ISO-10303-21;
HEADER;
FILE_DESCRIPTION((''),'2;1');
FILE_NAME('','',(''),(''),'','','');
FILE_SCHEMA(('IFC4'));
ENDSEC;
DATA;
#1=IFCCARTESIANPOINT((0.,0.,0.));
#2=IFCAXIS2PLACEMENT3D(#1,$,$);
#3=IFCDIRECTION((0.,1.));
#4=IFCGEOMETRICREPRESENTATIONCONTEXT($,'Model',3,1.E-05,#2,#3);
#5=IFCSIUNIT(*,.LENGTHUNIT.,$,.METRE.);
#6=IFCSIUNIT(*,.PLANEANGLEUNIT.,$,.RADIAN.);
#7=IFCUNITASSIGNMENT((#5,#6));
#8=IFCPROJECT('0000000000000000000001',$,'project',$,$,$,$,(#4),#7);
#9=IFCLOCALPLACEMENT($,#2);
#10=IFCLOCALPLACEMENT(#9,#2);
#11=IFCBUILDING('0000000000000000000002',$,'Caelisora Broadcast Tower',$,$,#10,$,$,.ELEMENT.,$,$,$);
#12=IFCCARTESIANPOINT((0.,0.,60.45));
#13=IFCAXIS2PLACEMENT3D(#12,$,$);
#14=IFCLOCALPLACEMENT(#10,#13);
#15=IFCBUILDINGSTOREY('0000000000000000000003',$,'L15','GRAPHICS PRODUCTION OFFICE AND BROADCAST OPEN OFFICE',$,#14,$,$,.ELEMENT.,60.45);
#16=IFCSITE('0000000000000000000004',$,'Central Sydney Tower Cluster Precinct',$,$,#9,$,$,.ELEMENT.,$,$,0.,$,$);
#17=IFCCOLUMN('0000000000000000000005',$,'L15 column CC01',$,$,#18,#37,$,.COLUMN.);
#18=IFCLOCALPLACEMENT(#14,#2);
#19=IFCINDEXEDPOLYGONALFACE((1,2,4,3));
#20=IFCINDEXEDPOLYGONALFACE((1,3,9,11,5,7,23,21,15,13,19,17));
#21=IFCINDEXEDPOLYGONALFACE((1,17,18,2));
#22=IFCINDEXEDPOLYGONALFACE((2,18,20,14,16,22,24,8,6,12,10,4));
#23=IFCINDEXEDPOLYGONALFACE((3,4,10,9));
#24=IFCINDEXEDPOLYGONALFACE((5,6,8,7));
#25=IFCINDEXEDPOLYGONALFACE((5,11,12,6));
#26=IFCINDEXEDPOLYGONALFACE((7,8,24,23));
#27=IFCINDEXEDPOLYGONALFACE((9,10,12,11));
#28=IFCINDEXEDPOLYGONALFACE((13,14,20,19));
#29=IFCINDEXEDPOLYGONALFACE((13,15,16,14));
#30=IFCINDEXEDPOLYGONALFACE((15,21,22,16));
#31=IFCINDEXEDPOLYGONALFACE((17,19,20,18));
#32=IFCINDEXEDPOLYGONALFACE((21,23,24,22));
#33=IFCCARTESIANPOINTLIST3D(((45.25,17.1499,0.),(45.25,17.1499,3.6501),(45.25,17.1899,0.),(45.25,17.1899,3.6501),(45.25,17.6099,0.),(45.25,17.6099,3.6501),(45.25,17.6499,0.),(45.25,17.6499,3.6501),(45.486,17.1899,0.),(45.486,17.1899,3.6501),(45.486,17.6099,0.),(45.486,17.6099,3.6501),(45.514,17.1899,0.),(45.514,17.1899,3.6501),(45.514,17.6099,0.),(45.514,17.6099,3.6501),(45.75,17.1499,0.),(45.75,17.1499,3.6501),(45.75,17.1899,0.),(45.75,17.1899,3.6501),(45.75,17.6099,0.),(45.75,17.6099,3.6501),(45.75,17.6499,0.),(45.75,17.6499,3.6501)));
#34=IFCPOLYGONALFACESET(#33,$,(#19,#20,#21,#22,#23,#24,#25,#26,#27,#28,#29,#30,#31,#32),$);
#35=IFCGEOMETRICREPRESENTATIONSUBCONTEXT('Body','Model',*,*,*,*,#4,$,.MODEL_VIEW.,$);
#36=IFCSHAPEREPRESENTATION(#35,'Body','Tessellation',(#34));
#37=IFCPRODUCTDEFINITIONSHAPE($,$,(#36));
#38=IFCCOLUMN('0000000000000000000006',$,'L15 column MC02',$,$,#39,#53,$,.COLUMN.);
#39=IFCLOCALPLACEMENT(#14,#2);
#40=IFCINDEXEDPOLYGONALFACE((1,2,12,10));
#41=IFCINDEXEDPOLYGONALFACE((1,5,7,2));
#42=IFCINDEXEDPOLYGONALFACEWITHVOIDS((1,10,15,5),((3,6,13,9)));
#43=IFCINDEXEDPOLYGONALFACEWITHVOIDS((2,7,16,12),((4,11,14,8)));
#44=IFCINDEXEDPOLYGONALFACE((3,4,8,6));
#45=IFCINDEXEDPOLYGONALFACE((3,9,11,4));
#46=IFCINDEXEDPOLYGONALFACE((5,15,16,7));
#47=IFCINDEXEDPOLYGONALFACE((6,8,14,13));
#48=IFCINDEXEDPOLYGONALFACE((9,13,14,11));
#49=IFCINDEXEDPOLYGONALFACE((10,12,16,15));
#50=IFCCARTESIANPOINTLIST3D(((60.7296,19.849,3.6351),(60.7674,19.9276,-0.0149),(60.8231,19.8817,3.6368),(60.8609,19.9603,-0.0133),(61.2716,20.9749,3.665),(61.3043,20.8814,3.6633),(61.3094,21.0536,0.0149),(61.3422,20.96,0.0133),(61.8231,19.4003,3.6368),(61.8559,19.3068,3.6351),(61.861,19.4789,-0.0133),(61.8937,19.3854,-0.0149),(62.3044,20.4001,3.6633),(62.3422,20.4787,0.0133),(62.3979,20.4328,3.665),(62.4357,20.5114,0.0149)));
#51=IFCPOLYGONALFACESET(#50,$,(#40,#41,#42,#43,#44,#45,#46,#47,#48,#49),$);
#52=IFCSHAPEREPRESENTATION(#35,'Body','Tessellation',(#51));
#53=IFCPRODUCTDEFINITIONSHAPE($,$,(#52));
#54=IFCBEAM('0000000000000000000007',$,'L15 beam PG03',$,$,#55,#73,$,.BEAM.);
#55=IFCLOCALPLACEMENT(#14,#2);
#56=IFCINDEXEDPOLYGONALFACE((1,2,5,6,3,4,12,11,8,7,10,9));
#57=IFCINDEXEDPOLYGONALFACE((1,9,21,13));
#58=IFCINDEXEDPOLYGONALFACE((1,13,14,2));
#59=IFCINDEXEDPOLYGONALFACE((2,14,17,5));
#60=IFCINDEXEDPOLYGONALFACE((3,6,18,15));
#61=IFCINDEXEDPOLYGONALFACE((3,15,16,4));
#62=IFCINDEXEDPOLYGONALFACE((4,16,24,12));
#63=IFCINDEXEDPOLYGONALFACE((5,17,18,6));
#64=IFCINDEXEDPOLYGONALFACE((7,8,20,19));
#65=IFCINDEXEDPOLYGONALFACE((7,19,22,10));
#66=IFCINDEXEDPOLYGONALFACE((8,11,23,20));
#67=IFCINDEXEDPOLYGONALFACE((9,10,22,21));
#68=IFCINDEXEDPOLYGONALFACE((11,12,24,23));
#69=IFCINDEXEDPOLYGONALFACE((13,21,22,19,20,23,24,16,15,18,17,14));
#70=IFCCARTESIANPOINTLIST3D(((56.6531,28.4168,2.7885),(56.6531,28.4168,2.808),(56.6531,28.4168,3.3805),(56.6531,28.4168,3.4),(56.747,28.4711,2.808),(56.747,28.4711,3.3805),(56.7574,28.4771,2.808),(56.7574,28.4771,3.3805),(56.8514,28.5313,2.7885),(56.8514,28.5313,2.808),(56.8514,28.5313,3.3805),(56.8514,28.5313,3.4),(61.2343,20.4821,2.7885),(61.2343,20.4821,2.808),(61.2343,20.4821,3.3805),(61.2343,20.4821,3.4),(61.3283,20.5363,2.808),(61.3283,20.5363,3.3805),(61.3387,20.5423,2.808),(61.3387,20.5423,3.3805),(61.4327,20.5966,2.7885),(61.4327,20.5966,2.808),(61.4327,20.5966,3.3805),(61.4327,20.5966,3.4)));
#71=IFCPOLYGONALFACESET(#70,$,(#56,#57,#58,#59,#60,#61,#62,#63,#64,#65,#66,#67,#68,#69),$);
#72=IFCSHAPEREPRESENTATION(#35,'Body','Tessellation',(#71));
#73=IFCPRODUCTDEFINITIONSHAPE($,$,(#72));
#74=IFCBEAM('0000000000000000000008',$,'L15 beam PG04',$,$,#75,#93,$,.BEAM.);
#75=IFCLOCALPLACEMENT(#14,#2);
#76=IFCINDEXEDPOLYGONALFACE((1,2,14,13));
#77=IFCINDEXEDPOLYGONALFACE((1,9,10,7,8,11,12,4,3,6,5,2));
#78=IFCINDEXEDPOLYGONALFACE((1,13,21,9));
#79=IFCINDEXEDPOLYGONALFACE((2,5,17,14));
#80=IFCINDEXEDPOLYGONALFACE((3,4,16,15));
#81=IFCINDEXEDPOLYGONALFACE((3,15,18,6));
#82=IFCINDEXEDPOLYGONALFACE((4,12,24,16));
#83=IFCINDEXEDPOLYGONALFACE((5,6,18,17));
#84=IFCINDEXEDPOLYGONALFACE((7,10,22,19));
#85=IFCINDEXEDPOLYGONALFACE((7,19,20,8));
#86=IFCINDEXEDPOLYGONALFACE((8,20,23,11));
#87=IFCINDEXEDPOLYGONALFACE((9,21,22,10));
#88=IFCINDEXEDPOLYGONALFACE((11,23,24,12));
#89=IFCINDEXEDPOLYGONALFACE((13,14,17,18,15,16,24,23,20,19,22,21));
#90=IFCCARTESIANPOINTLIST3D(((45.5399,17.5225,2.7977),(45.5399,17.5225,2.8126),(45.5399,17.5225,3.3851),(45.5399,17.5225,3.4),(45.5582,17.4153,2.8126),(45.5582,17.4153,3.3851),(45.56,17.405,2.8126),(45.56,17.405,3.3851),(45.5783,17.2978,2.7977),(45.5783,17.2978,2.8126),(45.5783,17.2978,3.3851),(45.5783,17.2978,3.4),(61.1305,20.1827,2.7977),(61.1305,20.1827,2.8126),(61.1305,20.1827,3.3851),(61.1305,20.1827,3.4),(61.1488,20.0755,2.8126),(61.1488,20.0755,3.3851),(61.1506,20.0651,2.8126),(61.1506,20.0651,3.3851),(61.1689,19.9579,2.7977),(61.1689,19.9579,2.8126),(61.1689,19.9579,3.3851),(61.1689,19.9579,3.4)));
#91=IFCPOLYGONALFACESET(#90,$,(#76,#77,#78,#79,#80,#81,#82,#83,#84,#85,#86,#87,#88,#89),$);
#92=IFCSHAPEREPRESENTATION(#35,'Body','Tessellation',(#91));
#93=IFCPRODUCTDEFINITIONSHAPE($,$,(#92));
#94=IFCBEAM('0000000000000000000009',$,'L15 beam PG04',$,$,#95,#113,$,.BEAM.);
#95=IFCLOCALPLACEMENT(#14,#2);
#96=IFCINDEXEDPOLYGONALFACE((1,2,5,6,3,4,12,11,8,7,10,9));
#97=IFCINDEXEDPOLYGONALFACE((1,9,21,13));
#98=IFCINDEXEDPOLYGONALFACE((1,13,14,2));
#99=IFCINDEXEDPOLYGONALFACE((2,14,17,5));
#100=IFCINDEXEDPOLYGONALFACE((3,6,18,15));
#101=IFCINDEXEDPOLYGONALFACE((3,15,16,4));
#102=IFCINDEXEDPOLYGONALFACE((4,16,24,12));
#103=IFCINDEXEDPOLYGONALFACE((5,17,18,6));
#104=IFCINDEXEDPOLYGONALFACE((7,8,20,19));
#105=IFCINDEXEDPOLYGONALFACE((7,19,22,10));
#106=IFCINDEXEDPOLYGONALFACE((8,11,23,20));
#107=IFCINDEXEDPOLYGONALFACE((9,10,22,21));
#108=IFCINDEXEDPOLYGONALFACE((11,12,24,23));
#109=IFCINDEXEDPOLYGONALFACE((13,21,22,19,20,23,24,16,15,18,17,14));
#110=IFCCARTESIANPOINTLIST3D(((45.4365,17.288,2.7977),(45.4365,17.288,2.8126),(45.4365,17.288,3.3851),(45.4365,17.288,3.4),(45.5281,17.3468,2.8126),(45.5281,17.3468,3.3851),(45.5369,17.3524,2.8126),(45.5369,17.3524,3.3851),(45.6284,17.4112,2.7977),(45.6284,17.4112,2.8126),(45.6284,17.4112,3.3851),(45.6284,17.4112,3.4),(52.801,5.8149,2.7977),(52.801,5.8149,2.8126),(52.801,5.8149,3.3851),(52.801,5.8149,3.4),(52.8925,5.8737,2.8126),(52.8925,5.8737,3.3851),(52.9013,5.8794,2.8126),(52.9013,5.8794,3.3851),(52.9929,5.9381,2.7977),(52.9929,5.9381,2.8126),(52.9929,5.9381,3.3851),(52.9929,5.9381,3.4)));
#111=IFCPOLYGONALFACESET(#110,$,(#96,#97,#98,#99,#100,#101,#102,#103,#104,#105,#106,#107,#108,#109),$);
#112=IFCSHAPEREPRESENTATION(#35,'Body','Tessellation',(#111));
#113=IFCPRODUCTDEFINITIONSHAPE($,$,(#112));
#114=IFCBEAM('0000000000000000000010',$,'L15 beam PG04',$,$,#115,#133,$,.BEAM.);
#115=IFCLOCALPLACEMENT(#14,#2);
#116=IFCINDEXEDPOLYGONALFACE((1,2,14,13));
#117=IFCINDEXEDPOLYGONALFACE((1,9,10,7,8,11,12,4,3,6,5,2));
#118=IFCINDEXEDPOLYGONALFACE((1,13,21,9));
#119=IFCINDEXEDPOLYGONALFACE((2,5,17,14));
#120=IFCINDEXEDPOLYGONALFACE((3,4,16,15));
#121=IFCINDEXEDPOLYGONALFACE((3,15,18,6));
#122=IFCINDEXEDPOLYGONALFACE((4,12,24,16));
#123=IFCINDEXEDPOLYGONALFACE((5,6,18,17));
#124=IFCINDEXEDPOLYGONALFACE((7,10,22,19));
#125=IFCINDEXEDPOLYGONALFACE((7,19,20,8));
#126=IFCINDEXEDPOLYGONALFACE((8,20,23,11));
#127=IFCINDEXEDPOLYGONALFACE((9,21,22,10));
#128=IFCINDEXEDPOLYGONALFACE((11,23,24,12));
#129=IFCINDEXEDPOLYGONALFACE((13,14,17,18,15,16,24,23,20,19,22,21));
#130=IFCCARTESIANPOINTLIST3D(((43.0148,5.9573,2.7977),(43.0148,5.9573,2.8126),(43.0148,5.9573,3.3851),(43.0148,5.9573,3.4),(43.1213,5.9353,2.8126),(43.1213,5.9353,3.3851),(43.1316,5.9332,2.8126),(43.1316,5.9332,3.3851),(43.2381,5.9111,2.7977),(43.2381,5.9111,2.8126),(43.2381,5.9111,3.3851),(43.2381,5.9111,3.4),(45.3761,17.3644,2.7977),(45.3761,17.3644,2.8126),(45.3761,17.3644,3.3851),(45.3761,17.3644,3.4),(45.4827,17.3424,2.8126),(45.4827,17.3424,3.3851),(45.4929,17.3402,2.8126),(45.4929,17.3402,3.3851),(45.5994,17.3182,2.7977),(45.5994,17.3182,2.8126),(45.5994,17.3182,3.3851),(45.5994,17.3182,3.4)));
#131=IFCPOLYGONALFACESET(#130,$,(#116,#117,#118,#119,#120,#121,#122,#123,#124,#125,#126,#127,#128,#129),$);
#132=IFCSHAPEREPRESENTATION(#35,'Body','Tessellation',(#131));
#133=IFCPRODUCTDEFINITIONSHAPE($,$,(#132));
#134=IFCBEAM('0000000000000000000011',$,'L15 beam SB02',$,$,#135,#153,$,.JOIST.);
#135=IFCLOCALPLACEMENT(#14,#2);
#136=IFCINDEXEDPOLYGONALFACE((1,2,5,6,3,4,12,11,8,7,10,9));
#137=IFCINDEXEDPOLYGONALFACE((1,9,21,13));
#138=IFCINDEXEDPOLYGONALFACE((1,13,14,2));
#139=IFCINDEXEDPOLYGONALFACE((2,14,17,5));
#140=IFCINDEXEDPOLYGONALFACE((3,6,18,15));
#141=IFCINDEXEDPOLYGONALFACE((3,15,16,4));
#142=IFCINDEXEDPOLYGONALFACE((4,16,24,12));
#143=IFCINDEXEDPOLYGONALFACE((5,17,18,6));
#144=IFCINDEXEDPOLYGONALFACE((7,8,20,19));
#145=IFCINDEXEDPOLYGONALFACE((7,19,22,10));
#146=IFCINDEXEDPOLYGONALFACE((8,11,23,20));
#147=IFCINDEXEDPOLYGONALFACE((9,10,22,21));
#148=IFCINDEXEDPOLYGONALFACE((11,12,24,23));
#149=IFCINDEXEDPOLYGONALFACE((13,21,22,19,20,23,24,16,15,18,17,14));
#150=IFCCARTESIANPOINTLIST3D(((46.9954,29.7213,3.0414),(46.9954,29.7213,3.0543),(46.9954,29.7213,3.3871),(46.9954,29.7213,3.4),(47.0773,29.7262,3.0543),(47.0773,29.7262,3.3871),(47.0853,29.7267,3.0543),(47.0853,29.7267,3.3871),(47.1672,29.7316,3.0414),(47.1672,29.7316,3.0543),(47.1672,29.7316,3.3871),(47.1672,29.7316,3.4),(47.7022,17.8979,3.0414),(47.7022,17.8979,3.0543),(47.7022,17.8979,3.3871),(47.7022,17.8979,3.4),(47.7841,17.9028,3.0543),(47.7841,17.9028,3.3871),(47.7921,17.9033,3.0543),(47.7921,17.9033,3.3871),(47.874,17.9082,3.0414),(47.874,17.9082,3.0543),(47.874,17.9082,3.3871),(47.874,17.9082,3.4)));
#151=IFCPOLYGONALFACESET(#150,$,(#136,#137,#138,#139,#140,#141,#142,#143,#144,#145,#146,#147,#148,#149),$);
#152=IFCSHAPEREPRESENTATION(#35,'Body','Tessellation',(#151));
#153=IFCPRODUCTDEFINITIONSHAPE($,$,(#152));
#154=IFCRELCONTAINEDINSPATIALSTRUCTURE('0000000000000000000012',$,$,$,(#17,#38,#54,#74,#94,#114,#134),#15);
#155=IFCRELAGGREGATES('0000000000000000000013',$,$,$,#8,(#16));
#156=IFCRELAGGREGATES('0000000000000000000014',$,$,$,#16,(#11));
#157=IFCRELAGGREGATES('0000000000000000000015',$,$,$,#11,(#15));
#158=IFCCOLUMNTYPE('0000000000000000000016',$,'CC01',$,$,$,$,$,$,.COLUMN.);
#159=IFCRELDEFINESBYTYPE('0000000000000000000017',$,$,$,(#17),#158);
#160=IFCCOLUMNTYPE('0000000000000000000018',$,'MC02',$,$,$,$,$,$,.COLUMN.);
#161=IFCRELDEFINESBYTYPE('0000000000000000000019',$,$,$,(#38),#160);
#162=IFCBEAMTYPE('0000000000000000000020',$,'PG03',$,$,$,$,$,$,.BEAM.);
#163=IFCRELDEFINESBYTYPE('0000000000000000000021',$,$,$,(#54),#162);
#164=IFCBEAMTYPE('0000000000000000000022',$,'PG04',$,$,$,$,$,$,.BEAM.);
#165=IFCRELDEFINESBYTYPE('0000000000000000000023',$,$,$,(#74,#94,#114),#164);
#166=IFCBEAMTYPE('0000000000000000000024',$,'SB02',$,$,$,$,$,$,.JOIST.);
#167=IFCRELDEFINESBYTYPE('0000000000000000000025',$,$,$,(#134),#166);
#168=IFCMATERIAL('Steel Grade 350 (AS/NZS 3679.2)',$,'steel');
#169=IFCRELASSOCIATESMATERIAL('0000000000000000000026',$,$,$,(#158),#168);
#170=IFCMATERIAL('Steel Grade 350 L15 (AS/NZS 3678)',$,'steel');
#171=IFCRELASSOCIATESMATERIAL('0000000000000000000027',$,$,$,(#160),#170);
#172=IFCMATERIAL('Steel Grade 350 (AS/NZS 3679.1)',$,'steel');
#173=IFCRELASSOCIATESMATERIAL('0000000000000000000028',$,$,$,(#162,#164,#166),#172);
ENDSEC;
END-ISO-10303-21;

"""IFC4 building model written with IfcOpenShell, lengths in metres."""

from ifc_helpers import new_model, si_unit, direction, frame, origin, origin_2d, place, context, subcontext, project, spatial, hollow_rectangle, i_section, extrude, source, transform, mapped, material, material_profile, profile_set, type_object, type_shapes, element, save


model = new_model("IFC4")

# Units and contexts
model_context = context("Model", 3, precision=1e-05, world=origin(), true_north=direction((0.0, 1.0)))
body_context = subcontext(model_context, "Body", "Model", "MODEL_VIEW")
ifc_project = project(units=[si_unit("LENGTHUNIT", "METRE"), si_unit("PLANEANGLEUNIT", "RADIAN")], contexts=[model_context])

# Site, building, storey
site_placement = place(None, origin())
site = spatial("IfcSite", under=ifc_project, at=site_placement, Name="Central Sydney Tower Cluster Precinct", CompositionType="ELEMENT", RefElevation=0.0)
building_placement = place(site_placement, origin())
building = spatial("IfcBuilding", under=site, at=building_placement, Name="Caelisora Broadcast Tower", CompositionType="ELEMENT")
storey_placement = place(building_placement, frame((0.0, 0.0, 60.45)))
storey = spatial("IfcBuildingStorey", under=building, at=storey_placement, Name="L15", Description="GRAPHICS PRODUCTION OFFICE AND BROADCAST OPEN OFFICE", CompositionType="ELEMENT", Elevation=60.45)

# Columns
ifc_material_1 = material(Name="Steel Grade 350 (AS/NZS 3679.2)", Category="steel")
ifc_material_profile_1 = material_profile(ifc_material_1, i_section(OverallWidth=0.5, OverallDepth=0.5, WebThickness=0.0281, FlangeThickness=0.04, at=origin_2d()), Name="Steel Grade 350 (AS/NZS 3679.2)")
ifc_profile_set_1 = profile_set([ifc_material_profile_1], Name="Steel Grade 350 (AS/NZS 3679.2)")
column_type_1 = type_object("IfcColumnType", Name="CC01", PredefinedType="COLUMN", material=ifc_profile_set_1)
shared_shape_1 = source(origin(), body_context, "Body", "SweptSolid", [
    extrude(i_section(OverallWidth=0.5, OverallDepth=0.5, WebThickness=0.0281, FlangeThickness=0.04, at=origin_2d()), origin(), (0.0, 0.0, 1.0), 3.6501),
])
type_shapes(column_type_1, [shared_shape_1])
column_1_placement = place(storey_placement, frame((45.5, 17.3999, 0.0), z_axis=(0.0, 0.0, 1.0), x_axis=(1.0, 0.0, 0.0)))
element("IfcColumn", 1, at=column_1_placement, inside=storey, type_object=column_type_1, Name="L15 column CC01", PredefinedType="COLUMN", context=body_context, shape_type="MappedRepresentation", body=[
    mapped(shared_shape_1, transform((0.0, 0.0, 0.0), scale=1.0)),
])
ifc_material_2 = material(Name="Steel Grade 350 L15 (AS/NZS 3678)", Category="steel")
ifc_material_profile_2 = material_profile(ifc_material_2, hollow_rectangle(XDim=1.25, YDim=1.25, WallThickness=0.0701, at=origin_2d()), Name="Steel Grade 350 L15 (AS/NZS 3678)")
ifc_profile_set_2 = profile_set([ifc_material_profile_2], Name="Steel Grade 350 L15 (AS/NZS 3678)")
column_type_2 = type_object("IfcColumnType", Name="MC02", PredefinedType="COLUMN", material=ifc_profile_set_2)
shared_shape_2 = source(origin(), body_context, "Body", "SweptSolid", [
    extrude(hollow_rectangle(XDim=1.25, YDim=1.25, WallThickness=0.0701, at=origin_2d()), origin(), (0.0, 0.0, 1.0), 3.6511),
])
type_shapes(column_type_2, [shared_shape_2])
column_2_placement = place(storey_placement, frame((61.6016, 20.2195, 0.0), z_axis=(-0.010364, -0.021531, 0.999714), x_axis=(0.901042, -0.433731, 0.0)))
element("IfcColumn", 2, at=column_2_placement, inside=storey, type_object=column_type_2, Name="L15 column MC02", PredefinedType="COLUMN", context=body_context, shape_type="MappedRepresentation", body=[
    mapped(shared_shape_2, transform((0.0, 0.0, 0.0), scale=1.0)),
])

# Beams
ifc_material_3 = material(Name="Steel Grade 350 (AS/NZS 3679.1)", Category="steel")
ifc_material_profile_3 = material_profile(ifc_material_3, i_section(OverallWidth=0.229, OverallDepth=0.6116, WebThickness=0.012, FlangeThickness=0.0195, at=origin_2d()), Name="Steel Grade 350 (AS/NZS 3679.1)")
ifc_profile_set_3 = profile_set([ifc_material_profile_3], Name="Steel Grade 350 (AS/NZS 3679.1)")
beam_type_1 = type_object("IfcBeamType", Name="PG03", PredefinedType="BEAM", material=ifc_profile_set_3)
shared_shape_3 = source(origin(), body_context, "Body", "SweptSolid", [
    extrude(i_section(OverallWidth=0.229, OverallDepth=0.6116, WebThickness=0.012, FlangeThickness=0.0195, at=origin_2d()), origin(), (0.0, 0.0, 1.0), 9.1624),
])
type_shapes(beam_type_1, [shared_shape_3])
beam_1_placement = place(storey_placement, frame((61.3335, 20.5393, 3.0942), z_axis=(-0.500011, 0.866019, 0.0), x_axis=(-0.866019, -0.500011, 0.0)))
element("IfcBeam", 3, at=beam_1_placement, inside=storey, type_object=beam_type_1, Name="L15 beam PG03", PredefinedType="BEAM", context=body_context, shape_type="MappedRepresentation", body=[
    mapped(shared_shape_3, transform((0.0, 0.0, 0.0), scale=1.0)),
])
ifc_material_profile_4 = material_profile(ifc_material_3, i_section(OverallWidth=0.228, OverallDepth=0.6023, WebThickness=0.0105, FlangeThickness=0.0149, at=origin_2d()), Name="Steel Grade 350 (AS/NZS 3679.1)")
ifc_profile_set_4 = profile_set([ifc_material_profile_4], Name="Steel Grade 350 (AS/NZS 3679.1)")
beam_type_2 = type_object("IfcBeamType", Name="PG04", PredefinedType="BEAM", material=ifc_profile_set_4)
shared_shape_4 = source(origin(), body_context, "Body", "SweptSolid", [
    extrude(i_section(OverallWidth=0.228, OverallDepth=0.6023, WebThickness=0.0105, FlangeThickness=0.0149, at=origin_2d()), origin(), (0.0, 0.0, 1.0), 15.8159),
])
beam_2_placement = place(storey_placement, frame((45.5591, 17.4102, 3.0989), z_axis=(0.985754, 0.168195, 0.0), x_axis=(-0.168195, 0.985754, 0.0)))
element("IfcBeam", 4, at=beam_2_placement, inside=storey, type_object=beam_type_2, Name="L15 beam PG04", PredefinedType="BEAM", context=body_context, shape_type="MappedRepresentation", body=[
    mapped(shared_shape_4, transform((0.0, 0.0, 0.0), scale=1.0)),
])
shared_shape_5 = source(origin(), body_context, "Body", "SweptSolid", [
    extrude(i_section(OverallWidth=0.228, OverallDepth=0.6023, WebThickness=0.0105, FlangeThickness=0.0149, at=origin_2d()), origin(), (0.0, 0.0, 1.0), 13.6333),
])
beam_3_placement = place(storey_placement, frame((45.5325, 17.3496, 3.0989), z_axis=(0.540182, -0.841548, 0.0), x_axis=(0.841548, 0.540182, 0.0)))
element("IfcBeam", 5, at=beam_3_placement, inside=storey, type_object=beam_type_2, Name="L15 beam PG04", PredefinedType="BEAM", context=body_context, shape_type="MappedRepresentation", body=[
    mapped(shared_shape_5, transform((0.0, 0.0, 0.0), scale=1.0)),
])
shared_shape_6 = source(origin(), body_context, "Body", "SweptSolid", [
    extrude(i_section(OverallWidth=0.228, OverallDepth=0.6023, WebThickness=0.0105, FlangeThickness=0.0149, at=origin_2d()), origin(), (0.0, 0.0, 1.0), 11.6489),
])
type_shapes(beam_type_2, [shared_shape_4, shared_shape_5, shared_shape_6])
beam_4_placement = place(storey_placement, frame((45.4878, 17.3413, 3.0989), z_axis=(-0.20271, -0.979239, 0.0), x_axis=(0.979239, -0.20271, 0.0)))
element("IfcBeam", 6, at=beam_4_placement, inside=storey, type_object=beam_type_2, Name="L15 beam PG04", PredefinedType="BEAM", context=body_context, shape_type="MappedRepresentation", body=[
    mapped(shared_shape_6, transform((0.0, 0.0, 0.0), scale=1.0)),
])
ifc_material_profile_5 = material_profile(ifc_material_3, i_section(OverallWidth=0.1721, OverallDepth=0.3586, WebThickness=0.0081, FlangeThickness=0.0129, at=origin_2d()), Name="Steel Grade 350 (AS/NZS 3679.1)")
ifc_profile_set_5 = profile_set([ifc_material_profile_5], Name="Steel Grade 350 (AS/NZS 3679.1)")
beam_type_3 = type_object("IfcBeamType", Name="SB02", PredefinedType="JOIST", material=ifc_profile_set_5)
shared_shape_7 = source(origin(), body_context, "Body", "SweptSolid", [
    extrude(i_section(OverallWidth=0.1721, OverallDepth=0.3586, WebThickness=0.0081, FlangeThickness=0.0129, at=origin_2d()), origin(), (0.0, 0.0, 1.0), 11.8445),
])
beam_5_placement = place(storey_placement, frame((47.7881, 17.9031, 3.2207), z_axis=(-0.059672, 0.998218, 0.0), x_axis=(-0.998218, -0.059672, 0.0)))
element("IfcBeam", 7, at=beam_5_placement, inside=storey, type_object=beam_type_3, Name="L15 beam SB02", PredefinedType="JOIST", context=body_context, shape_type="MappedRepresentation", body=[
    mapped(shared_shape_7, transform((0.0, 0.0, 0.0), scale=1.0)),
])

save(model, "model.ifc")
